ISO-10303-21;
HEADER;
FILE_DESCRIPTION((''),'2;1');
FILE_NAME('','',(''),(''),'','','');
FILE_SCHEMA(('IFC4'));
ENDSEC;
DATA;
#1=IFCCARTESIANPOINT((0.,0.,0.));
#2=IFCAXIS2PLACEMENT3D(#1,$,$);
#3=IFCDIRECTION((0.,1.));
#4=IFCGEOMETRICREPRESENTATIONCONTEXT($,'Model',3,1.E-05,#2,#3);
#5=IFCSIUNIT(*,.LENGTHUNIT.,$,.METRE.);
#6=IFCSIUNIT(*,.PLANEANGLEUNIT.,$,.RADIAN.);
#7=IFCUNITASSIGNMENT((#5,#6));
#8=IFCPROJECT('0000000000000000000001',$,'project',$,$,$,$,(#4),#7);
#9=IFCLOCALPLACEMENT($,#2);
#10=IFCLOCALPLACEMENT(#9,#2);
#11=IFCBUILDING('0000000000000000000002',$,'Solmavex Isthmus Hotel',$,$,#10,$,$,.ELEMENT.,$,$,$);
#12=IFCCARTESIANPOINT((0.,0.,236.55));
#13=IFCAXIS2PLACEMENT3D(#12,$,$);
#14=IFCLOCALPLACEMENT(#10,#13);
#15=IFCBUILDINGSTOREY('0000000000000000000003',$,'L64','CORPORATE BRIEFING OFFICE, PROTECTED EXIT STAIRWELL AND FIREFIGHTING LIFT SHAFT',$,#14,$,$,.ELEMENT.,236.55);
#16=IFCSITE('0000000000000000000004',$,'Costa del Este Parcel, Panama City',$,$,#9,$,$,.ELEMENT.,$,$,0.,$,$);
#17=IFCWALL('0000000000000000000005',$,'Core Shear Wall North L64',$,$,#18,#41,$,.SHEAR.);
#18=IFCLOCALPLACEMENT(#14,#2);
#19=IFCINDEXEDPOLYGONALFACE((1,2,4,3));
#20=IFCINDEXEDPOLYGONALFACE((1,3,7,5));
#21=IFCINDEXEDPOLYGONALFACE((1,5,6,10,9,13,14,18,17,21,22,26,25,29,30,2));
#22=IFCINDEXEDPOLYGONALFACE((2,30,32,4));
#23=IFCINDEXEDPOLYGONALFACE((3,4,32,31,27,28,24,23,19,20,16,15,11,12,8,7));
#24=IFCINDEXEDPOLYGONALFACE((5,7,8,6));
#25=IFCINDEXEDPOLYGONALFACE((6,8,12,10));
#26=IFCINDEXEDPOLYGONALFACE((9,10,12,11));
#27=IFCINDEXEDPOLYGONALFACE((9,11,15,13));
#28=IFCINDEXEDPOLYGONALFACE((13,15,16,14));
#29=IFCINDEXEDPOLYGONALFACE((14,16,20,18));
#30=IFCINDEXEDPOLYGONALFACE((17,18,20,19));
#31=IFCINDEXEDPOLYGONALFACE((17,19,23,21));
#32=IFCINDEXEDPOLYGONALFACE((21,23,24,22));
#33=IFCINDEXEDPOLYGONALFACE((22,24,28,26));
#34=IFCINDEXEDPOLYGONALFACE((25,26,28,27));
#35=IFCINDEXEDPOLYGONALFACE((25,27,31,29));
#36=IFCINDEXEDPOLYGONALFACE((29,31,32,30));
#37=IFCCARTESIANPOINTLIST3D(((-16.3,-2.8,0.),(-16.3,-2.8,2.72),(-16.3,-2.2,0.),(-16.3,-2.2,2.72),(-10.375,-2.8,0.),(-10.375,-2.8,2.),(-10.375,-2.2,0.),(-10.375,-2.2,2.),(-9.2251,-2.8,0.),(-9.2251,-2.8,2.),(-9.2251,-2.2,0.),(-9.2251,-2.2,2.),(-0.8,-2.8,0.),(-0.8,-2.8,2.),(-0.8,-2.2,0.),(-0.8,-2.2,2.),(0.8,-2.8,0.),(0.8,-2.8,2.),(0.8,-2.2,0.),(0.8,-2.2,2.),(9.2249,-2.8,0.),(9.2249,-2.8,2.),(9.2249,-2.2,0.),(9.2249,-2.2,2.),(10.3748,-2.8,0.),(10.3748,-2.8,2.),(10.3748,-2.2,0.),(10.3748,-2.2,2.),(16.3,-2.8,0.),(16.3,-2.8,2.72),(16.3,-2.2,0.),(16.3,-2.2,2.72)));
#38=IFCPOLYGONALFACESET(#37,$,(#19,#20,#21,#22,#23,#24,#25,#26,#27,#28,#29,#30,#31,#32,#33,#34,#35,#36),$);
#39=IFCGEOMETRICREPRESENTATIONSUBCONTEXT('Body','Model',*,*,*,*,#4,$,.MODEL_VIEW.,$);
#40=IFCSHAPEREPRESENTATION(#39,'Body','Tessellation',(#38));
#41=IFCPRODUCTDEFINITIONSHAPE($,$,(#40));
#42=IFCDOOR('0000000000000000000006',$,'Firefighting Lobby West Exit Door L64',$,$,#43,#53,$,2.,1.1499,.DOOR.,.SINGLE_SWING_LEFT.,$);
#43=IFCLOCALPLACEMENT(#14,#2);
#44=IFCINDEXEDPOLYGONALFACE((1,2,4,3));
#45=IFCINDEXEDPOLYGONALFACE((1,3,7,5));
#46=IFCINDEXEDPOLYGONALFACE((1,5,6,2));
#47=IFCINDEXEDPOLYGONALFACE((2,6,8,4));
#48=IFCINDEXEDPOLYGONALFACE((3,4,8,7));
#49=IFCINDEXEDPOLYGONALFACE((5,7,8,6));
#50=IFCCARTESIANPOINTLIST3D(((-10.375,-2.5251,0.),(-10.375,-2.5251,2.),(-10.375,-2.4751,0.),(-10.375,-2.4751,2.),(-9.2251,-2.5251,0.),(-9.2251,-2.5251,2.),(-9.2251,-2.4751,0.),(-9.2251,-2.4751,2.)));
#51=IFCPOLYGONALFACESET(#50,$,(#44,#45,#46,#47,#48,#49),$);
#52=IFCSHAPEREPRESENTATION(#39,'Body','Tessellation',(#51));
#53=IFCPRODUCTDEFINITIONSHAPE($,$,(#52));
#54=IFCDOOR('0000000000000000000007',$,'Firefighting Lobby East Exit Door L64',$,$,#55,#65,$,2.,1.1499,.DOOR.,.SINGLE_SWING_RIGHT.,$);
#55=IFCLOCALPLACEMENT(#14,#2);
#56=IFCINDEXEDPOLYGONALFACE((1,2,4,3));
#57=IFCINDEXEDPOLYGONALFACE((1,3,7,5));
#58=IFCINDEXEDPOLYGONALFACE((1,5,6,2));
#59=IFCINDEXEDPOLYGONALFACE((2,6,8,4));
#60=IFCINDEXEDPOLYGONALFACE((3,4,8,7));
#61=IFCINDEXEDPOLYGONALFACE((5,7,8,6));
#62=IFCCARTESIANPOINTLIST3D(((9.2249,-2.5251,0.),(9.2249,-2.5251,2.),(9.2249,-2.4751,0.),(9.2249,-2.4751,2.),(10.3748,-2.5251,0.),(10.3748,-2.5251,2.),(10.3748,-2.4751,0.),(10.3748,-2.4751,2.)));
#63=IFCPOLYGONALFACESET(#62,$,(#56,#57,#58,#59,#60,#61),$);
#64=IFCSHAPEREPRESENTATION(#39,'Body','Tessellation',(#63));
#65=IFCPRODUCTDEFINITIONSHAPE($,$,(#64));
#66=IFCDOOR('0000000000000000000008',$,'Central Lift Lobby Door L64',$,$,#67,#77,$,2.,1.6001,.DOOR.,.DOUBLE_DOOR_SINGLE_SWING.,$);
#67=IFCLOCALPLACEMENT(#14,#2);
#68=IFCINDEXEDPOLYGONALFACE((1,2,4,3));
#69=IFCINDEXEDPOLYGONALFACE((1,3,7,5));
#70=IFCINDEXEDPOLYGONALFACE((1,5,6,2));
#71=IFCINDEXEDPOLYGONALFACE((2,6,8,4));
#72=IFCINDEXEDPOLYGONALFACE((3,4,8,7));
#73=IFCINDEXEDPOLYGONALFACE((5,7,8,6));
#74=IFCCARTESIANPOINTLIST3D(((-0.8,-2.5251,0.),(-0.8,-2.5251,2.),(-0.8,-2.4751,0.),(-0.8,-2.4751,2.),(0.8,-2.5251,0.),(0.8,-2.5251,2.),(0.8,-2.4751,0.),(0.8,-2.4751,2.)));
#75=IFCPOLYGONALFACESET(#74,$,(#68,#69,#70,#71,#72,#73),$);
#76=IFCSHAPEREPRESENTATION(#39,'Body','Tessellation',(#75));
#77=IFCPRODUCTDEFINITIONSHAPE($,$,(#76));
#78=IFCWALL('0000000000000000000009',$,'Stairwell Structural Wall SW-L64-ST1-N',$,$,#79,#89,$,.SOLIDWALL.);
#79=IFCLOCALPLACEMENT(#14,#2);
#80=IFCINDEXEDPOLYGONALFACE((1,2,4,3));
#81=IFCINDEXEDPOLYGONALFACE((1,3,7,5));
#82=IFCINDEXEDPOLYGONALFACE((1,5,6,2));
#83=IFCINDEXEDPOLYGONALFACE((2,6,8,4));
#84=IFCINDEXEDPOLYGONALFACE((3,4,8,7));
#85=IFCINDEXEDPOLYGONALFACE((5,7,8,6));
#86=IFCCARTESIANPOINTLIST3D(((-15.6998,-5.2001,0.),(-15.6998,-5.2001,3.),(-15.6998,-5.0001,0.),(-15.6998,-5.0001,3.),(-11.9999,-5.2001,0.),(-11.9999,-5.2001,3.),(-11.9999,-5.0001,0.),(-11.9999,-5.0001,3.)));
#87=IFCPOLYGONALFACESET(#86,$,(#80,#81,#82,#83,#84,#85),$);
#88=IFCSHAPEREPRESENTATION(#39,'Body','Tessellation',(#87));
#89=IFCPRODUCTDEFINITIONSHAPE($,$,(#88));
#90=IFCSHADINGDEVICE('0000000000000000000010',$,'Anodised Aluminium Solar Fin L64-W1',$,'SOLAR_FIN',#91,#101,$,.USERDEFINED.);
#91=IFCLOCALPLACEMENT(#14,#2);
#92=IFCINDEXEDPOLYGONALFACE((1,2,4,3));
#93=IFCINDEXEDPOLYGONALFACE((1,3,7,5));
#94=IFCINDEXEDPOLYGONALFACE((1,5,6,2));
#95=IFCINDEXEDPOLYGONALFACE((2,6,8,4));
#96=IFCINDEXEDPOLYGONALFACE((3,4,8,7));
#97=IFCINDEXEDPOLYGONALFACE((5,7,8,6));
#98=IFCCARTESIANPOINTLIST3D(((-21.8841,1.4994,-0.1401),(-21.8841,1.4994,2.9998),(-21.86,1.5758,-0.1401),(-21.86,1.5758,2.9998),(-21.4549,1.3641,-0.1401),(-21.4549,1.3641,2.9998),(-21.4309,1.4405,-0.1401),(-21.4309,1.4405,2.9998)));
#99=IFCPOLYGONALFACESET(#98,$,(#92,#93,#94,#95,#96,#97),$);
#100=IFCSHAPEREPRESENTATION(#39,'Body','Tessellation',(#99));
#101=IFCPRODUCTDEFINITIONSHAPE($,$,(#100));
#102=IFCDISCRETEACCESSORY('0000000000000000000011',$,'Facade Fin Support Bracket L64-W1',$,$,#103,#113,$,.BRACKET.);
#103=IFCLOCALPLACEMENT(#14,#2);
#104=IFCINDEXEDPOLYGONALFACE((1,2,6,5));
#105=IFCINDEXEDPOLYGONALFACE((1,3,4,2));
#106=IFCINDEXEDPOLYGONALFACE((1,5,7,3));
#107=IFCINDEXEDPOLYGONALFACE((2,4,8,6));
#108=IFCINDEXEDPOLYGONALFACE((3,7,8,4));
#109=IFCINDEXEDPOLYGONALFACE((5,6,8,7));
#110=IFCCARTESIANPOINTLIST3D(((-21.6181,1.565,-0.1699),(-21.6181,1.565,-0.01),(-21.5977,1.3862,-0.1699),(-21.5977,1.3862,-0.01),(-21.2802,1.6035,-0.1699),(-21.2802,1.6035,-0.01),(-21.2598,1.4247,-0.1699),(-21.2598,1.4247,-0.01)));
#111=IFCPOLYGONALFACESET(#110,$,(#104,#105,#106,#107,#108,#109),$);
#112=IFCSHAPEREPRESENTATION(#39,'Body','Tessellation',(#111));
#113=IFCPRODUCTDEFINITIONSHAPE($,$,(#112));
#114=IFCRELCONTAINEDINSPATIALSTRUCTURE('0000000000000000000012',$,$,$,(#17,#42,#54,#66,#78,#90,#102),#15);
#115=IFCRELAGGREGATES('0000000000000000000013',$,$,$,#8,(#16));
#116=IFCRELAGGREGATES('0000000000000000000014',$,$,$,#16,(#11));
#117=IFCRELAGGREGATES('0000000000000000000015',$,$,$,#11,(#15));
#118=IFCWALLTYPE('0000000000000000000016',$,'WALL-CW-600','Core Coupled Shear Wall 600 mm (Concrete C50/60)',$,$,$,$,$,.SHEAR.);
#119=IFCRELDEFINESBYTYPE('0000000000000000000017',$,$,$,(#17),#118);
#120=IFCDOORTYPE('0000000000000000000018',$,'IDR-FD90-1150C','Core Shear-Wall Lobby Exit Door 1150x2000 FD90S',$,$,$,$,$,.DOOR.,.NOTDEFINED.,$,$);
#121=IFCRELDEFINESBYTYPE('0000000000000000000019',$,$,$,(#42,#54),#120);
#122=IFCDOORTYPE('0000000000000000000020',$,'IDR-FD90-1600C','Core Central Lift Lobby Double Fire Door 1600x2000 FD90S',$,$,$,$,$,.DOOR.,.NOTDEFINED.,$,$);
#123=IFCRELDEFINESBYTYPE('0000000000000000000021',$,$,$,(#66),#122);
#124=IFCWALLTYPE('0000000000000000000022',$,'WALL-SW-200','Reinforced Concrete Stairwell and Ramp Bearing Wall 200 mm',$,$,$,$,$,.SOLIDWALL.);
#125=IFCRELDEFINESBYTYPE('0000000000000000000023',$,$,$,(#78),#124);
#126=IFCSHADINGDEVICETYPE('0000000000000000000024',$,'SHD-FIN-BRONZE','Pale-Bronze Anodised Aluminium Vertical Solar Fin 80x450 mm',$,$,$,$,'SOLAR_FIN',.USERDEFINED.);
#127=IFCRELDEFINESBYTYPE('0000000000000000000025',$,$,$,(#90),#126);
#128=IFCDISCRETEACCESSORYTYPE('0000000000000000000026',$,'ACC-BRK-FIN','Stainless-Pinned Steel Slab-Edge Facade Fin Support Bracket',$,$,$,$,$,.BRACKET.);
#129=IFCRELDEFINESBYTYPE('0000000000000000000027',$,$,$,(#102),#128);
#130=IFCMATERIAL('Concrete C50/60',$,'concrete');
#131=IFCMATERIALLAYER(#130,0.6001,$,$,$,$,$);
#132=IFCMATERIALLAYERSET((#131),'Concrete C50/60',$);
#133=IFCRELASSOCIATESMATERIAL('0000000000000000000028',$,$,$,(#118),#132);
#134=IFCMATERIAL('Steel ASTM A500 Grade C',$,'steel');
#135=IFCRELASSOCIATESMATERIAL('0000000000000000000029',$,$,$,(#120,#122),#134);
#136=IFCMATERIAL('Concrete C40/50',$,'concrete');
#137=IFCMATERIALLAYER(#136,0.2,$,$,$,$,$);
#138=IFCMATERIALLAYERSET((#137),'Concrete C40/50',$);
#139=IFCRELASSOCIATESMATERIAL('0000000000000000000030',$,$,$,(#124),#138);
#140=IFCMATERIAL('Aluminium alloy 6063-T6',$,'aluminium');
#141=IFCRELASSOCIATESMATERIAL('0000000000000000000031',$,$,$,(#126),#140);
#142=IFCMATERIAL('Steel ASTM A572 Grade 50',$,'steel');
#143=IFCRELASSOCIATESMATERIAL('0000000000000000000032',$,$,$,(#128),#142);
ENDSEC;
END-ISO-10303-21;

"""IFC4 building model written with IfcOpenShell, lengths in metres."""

from ifc_helpers import new_model, si_unit, direction, frame, frame_2d, origin, origin_2d, place, context, subcontext, project, spatial, rectangle, extrude, material, layer, layer_set, type_object, element, fill, save


model = new_model("IFC4")

# Units and contexts
model_context = context("Model", 3, precision=1e-05, world=origin(), true_north=direction((0.0, 1.0)))
body_context = subcontext(model_context, "Body", "Model", "MODEL_VIEW")
ifc_project = project(units=[si_unit("LENGTHUNIT", "METRE"), si_unit("PLANEANGLEUNIT", "RADIAN")], contexts=[model_context])

# Site, building, storey
site_placement = place(None, origin())
site = spatial("IfcSite", under=ifc_project, at=site_placement, Name="Costa del Este Parcel, Panama City", CompositionType="ELEMENT", RefElevation=0.0)
building_placement = place(site_placement, origin())
building = spatial("IfcBuilding", under=site, at=building_placement, Name="Solmavex Isthmus Hotel", CompositionType="ELEMENT")
storey_placement = place(building_placement, frame((0.0, 0.0, 236.55)))
storey = spatial("IfcBuildingStorey", under=building, at=storey_placement, Name="L64", Description="CORPORATE BRIEFING OFFICE, PROTECTED EXIT STAIRWELL AND FIREFIGHTING LIFT SHAFT", CompositionType="ELEMENT", Elevation=236.55)

# Shared definitions
ifc_material_1 = material(Name="Concrete C50/60", Category="concrete")

# Shared definitions
ifc_material_2 = material(Name="Aluminium alloy 6063-T6", Category="aluminium")

# Wall, openings, doors
ifc_layer_1 = layer(ifc_material_1, 0.6001)
ifc_layer_set_1 = layer_set([ifc_layer_1], Name="Concrete C50/60")
wall_type_1 = type_object("IfcWallType", Name="WALL-CW-600", Description="Core Coupled Shear Wall 600 mm (Concrete C50/60)", PredefinedType="SHEAR", material=ifc_layer_set_1)
wall_1_placement = place(storey_placement, frame((-16.3, -2.5, 0.0), z_axis=(0.0, 0.0, 1.0), x_axis=(1.0, 0.0, 0.0)))
wall_1 = element("IfcWall", 1, at=wall_1_placement, inside=storey, type_object=wall_type_1, Name="Core Shear Wall North L64", PredefinedType="SHEAR", context=body_context, shape_type="SweptSolid", body=[
    extrude(rectangle(XDim=32.6001, YDim=0.6001, at=frame_2d((16.3, 0.0))), origin(), (0.0, 0.0, 1.0), 2.72),
])
opening_1_placement = place(wall_1_placement, frame((5.925, 0.0, 0.0)))
opening_1 = element("IfcOpeningElement", 2, at=opening_1_placement, cuts=wall_1, PredefinedType="OPENING", context=body_context, shape_type="SweptSolid", body=[
    extrude(rectangle(XDim=1.1499, YDim=2.0, at=frame_2d((0.575, 1.0))), frame((0.0, 0.3101, 0.0), z_axis=(0.0, -1.0, 0.0), x_axis=(1.0, 0.0, 0.0)), (0.0, 0.0, 1.0), 0.6201),
])
opening_2_placement = place(wall_1_placement, frame((15.5, 0.0, 0.0)))
opening_2 = element("IfcOpeningElement", 3, at=opening_2_placement, cuts=wall_1, PredefinedType="OPENING", context=body_context, shape_type="SweptSolid", body=[
    extrude(rectangle(XDim=1.6001, YDim=2.0, at=frame_2d((0.8, 1.0))), frame((0.0, 0.3101, 0.0), z_axis=(0.0, -1.0, 0.0), x_axis=(1.0, 0.0, 0.0)), (0.0, 0.0, 1.0), 0.6201),
])
opening_3_placement = place(wall_1_placement, frame((25.5249, 0.0, 0.0)))
opening_3 = element("IfcOpeningElement", 4, at=opening_3_placement, cuts=wall_1, PredefinedType="OPENING", context=body_context, shape_type="SweptSolid", body=[
    extrude(rectangle(XDim=1.1499, YDim=2.0, at=frame_2d((0.575, 1.0))), frame((0.0, 0.3101, 0.0), z_axis=(0.0, -1.0, 0.0), x_axis=(1.0, 0.0, 0.0)), (0.0, 0.0, 1.0), 0.6201),
])
ifc_material_3 = material(Name="Steel ASTM A500 Grade C", Category="steel")
door_type_1 = type_object("IfcDoorType", Name="IDR-FD90-1150C", Description="Core Shear-Wall Lobby Exit Door 1150x2000 FD90S", OperationType="NOTDEFINED", PredefinedType="DOOR", material=ifc_material_3)
door_1_placement = place(opening_1_placement, origin())
door_1 = element("IfcDoor", 5, at=door_1_placement, inside=storey, type_object=door_type_1, Name="Firefighting Lobby West Exit Door L64", OperationType="SINGLE_SWING_LEFT", OverallHeight=2.0, OverallWidth=1.1499, PredefinedType="DOOR", context=body_context, shape_type="SweptSolid", body=[
    extrude(rectangle(XDim=1.1499, YDim=2.0, at=frame_2d((0.575, 1.0))), frame((0.0, 0.0249, 0.0), z_axis=(0.0, -1.0, 0.0), x_axis=(1.0, 0.0, 0.0)), (0.0, 0.0, 1.0), 0.05),
])
fill(opening_1, door_1)
door_2_placement = place(opening_3_placement, origin())
door_2 = element("IfcDoor", 6, at=door_2_placement, inside=storey, type_object=door_type_1, Name="Firefighting Lobby East Exit Door L64", OperationType="SINGLE_SWING_RIGHT", OverallHeight=2.0, OverallWidth=1.1499, PredefinedType="DOOR", context=body_context, shape_type="SweptSolid", body=[
    extrude(rectangle(XDim=1.1499, YDim=2.0, at=frame_2d((0.575, 1.0))), frame((0.0, 0.0249, 0.0), z_axis=(0.0, -1.0, 0.0), x_axis=(1.0, 0.0, 0.0)), (0.0, 0.0, 1.0), 0.05),
])
fill(opening_3, door_2)
door_type_2 = type_object("IfcDoorType", Name="IDR-FD90-1600C", Description="Core Central Lift Lobby Double Fire Door 1600x2000 FD90S", OperationType="NOTDEFINED", PredefinedType="DOOR", material=ifc_material_3)
door_3_placement = place(opening_2_placement, origin())
door_3 = element("IfcDoor", 7, at=door_3_placement, inside=storey, type_object=door_type_2, Name="Central Lift Lobby Door L64", OperationType="DOUBLE_DOOR_SINGLE_SWING", OverallHeight=2.0, OverallWidth=1.6001, PredefinedType="DOOR", context=body_context, shape_type="SweptSolid", body=[
    extrude(rectangle(XDim=1.6001, YDim=2.0, at=frame_2d((0.8, 1.0))), frame((0.0, 0.0249, 0.0), z_axis=(0.0, -1.0, 0.0), x_axis=(1.0, 0.0, 0.0)), (0.0, 0.0, 1.0), 0.05),
])
fill(opening_2, door_3)

# Wall
ifc_material_4 = material(Name="Concrete C40/50", Category="concrete")
ifc_layer_2 = layer(ifc_material_4, 0.2)
ifc_layer_set_2 = layer_set([ifc_layer_2], Name="Concrete C40/50")
wall_type_2 = type_object("IfcWallType", Name="WALL-SW-200", Description="Reinforced Concrete Stairwell and Ramp Bearing Wall 200 mm", PredefinedType="SOLIDWALL", material=ifc_layer_set_2)
wall_2_placement = place(storey_placement, frame((-15.7, -5.1001, 0.0), z_axis=(0.0, 0.0, 1.0), x_axis=(1.0, 0.0, 0.0)))
element("IfcWall", 8, at=wall_2_placement, inside=storey, type_object=wall_type_2, Name="Stairwell Structural Wall SW-L64-ST1-N", PredefinedType="SOLIDWALL", context=body_context, shape_type="SweptSolid", body=[
    extrude(rectangle(XDim=3.7, YDim=0.2, at=frame_2d((1.8501, 0.0))), origin(), (0.0, 0.0, 1.0), 3.0),
])

# Shading device
shading_device_type = type_object("IfcShadingDeviceType", Name="SHD-FIN-BRONZE", Description="Pale-Bronze Anodised Aluminium Vertical Solar Fin 80x450 mm", ElementType="SOLAR_FIN", PredefinedType="USERDEFINED", material=ifc_material_2)
shading_device_placement = place(storey_placement, frame((-21.6575, 1.47, -0.1401), z_axis=(0.0, 0.0, 1.0), x_axis=(-0.953717, 0.300706, 0.0)))
element("IfcShadingDevice", 9, at=shading_device_placement, inside=storey, type_object=shading_device_type, Name="Anodised Aluminium Solar Fin L64-W1", ObjectType="SOLAR_FIN", PredefinedType="USERDEFINED", context=body_context, shape_type="SweptSolid", body=[
    extrude(rectangle(XDim=0.45, YDim=0.0801, at=origin_2d()), origin(), (0.0, 0.0, 1.0), 3.1399),
])

# Discrete accessory
ifc_material_5 = material(Name="Steel ASTM A572 Grade 50", Category="steel")
discrete_accessory_type = type_object("IfcDiscreteAccessoryType", Name="ACC-BRK-FIN", Description="Stainless-Pinned Steel Slab-Edge Facade Fin Support Bracket", PredefinedType="BRACKET", material=ifc_material_5)
discrete_accessory_placement = place(storey_placement, frame((-21.439, 1.4949, -0.1699), z_axis=(0.0, 0.0, 1.0), x_axis=(-0.993572, -0.113203, 0.0)))
element("IfcDiscreteAccessory", 10, at=discrete_accessory_placement, inside=storey, type_object=discrete_accessory_type, Name="Facade Fin Support Bracket L64-W1", PredefinedType="BRACKET", context=body_context, shape_type="SweptSolid", body=[
    extrude(rectangle(XDim=0.3401, YDim=0.1799, at=origin_2d()), origin(), (0.0, 0.0, 1.0), 0.1599),
])

save(model, "model.ifc")
